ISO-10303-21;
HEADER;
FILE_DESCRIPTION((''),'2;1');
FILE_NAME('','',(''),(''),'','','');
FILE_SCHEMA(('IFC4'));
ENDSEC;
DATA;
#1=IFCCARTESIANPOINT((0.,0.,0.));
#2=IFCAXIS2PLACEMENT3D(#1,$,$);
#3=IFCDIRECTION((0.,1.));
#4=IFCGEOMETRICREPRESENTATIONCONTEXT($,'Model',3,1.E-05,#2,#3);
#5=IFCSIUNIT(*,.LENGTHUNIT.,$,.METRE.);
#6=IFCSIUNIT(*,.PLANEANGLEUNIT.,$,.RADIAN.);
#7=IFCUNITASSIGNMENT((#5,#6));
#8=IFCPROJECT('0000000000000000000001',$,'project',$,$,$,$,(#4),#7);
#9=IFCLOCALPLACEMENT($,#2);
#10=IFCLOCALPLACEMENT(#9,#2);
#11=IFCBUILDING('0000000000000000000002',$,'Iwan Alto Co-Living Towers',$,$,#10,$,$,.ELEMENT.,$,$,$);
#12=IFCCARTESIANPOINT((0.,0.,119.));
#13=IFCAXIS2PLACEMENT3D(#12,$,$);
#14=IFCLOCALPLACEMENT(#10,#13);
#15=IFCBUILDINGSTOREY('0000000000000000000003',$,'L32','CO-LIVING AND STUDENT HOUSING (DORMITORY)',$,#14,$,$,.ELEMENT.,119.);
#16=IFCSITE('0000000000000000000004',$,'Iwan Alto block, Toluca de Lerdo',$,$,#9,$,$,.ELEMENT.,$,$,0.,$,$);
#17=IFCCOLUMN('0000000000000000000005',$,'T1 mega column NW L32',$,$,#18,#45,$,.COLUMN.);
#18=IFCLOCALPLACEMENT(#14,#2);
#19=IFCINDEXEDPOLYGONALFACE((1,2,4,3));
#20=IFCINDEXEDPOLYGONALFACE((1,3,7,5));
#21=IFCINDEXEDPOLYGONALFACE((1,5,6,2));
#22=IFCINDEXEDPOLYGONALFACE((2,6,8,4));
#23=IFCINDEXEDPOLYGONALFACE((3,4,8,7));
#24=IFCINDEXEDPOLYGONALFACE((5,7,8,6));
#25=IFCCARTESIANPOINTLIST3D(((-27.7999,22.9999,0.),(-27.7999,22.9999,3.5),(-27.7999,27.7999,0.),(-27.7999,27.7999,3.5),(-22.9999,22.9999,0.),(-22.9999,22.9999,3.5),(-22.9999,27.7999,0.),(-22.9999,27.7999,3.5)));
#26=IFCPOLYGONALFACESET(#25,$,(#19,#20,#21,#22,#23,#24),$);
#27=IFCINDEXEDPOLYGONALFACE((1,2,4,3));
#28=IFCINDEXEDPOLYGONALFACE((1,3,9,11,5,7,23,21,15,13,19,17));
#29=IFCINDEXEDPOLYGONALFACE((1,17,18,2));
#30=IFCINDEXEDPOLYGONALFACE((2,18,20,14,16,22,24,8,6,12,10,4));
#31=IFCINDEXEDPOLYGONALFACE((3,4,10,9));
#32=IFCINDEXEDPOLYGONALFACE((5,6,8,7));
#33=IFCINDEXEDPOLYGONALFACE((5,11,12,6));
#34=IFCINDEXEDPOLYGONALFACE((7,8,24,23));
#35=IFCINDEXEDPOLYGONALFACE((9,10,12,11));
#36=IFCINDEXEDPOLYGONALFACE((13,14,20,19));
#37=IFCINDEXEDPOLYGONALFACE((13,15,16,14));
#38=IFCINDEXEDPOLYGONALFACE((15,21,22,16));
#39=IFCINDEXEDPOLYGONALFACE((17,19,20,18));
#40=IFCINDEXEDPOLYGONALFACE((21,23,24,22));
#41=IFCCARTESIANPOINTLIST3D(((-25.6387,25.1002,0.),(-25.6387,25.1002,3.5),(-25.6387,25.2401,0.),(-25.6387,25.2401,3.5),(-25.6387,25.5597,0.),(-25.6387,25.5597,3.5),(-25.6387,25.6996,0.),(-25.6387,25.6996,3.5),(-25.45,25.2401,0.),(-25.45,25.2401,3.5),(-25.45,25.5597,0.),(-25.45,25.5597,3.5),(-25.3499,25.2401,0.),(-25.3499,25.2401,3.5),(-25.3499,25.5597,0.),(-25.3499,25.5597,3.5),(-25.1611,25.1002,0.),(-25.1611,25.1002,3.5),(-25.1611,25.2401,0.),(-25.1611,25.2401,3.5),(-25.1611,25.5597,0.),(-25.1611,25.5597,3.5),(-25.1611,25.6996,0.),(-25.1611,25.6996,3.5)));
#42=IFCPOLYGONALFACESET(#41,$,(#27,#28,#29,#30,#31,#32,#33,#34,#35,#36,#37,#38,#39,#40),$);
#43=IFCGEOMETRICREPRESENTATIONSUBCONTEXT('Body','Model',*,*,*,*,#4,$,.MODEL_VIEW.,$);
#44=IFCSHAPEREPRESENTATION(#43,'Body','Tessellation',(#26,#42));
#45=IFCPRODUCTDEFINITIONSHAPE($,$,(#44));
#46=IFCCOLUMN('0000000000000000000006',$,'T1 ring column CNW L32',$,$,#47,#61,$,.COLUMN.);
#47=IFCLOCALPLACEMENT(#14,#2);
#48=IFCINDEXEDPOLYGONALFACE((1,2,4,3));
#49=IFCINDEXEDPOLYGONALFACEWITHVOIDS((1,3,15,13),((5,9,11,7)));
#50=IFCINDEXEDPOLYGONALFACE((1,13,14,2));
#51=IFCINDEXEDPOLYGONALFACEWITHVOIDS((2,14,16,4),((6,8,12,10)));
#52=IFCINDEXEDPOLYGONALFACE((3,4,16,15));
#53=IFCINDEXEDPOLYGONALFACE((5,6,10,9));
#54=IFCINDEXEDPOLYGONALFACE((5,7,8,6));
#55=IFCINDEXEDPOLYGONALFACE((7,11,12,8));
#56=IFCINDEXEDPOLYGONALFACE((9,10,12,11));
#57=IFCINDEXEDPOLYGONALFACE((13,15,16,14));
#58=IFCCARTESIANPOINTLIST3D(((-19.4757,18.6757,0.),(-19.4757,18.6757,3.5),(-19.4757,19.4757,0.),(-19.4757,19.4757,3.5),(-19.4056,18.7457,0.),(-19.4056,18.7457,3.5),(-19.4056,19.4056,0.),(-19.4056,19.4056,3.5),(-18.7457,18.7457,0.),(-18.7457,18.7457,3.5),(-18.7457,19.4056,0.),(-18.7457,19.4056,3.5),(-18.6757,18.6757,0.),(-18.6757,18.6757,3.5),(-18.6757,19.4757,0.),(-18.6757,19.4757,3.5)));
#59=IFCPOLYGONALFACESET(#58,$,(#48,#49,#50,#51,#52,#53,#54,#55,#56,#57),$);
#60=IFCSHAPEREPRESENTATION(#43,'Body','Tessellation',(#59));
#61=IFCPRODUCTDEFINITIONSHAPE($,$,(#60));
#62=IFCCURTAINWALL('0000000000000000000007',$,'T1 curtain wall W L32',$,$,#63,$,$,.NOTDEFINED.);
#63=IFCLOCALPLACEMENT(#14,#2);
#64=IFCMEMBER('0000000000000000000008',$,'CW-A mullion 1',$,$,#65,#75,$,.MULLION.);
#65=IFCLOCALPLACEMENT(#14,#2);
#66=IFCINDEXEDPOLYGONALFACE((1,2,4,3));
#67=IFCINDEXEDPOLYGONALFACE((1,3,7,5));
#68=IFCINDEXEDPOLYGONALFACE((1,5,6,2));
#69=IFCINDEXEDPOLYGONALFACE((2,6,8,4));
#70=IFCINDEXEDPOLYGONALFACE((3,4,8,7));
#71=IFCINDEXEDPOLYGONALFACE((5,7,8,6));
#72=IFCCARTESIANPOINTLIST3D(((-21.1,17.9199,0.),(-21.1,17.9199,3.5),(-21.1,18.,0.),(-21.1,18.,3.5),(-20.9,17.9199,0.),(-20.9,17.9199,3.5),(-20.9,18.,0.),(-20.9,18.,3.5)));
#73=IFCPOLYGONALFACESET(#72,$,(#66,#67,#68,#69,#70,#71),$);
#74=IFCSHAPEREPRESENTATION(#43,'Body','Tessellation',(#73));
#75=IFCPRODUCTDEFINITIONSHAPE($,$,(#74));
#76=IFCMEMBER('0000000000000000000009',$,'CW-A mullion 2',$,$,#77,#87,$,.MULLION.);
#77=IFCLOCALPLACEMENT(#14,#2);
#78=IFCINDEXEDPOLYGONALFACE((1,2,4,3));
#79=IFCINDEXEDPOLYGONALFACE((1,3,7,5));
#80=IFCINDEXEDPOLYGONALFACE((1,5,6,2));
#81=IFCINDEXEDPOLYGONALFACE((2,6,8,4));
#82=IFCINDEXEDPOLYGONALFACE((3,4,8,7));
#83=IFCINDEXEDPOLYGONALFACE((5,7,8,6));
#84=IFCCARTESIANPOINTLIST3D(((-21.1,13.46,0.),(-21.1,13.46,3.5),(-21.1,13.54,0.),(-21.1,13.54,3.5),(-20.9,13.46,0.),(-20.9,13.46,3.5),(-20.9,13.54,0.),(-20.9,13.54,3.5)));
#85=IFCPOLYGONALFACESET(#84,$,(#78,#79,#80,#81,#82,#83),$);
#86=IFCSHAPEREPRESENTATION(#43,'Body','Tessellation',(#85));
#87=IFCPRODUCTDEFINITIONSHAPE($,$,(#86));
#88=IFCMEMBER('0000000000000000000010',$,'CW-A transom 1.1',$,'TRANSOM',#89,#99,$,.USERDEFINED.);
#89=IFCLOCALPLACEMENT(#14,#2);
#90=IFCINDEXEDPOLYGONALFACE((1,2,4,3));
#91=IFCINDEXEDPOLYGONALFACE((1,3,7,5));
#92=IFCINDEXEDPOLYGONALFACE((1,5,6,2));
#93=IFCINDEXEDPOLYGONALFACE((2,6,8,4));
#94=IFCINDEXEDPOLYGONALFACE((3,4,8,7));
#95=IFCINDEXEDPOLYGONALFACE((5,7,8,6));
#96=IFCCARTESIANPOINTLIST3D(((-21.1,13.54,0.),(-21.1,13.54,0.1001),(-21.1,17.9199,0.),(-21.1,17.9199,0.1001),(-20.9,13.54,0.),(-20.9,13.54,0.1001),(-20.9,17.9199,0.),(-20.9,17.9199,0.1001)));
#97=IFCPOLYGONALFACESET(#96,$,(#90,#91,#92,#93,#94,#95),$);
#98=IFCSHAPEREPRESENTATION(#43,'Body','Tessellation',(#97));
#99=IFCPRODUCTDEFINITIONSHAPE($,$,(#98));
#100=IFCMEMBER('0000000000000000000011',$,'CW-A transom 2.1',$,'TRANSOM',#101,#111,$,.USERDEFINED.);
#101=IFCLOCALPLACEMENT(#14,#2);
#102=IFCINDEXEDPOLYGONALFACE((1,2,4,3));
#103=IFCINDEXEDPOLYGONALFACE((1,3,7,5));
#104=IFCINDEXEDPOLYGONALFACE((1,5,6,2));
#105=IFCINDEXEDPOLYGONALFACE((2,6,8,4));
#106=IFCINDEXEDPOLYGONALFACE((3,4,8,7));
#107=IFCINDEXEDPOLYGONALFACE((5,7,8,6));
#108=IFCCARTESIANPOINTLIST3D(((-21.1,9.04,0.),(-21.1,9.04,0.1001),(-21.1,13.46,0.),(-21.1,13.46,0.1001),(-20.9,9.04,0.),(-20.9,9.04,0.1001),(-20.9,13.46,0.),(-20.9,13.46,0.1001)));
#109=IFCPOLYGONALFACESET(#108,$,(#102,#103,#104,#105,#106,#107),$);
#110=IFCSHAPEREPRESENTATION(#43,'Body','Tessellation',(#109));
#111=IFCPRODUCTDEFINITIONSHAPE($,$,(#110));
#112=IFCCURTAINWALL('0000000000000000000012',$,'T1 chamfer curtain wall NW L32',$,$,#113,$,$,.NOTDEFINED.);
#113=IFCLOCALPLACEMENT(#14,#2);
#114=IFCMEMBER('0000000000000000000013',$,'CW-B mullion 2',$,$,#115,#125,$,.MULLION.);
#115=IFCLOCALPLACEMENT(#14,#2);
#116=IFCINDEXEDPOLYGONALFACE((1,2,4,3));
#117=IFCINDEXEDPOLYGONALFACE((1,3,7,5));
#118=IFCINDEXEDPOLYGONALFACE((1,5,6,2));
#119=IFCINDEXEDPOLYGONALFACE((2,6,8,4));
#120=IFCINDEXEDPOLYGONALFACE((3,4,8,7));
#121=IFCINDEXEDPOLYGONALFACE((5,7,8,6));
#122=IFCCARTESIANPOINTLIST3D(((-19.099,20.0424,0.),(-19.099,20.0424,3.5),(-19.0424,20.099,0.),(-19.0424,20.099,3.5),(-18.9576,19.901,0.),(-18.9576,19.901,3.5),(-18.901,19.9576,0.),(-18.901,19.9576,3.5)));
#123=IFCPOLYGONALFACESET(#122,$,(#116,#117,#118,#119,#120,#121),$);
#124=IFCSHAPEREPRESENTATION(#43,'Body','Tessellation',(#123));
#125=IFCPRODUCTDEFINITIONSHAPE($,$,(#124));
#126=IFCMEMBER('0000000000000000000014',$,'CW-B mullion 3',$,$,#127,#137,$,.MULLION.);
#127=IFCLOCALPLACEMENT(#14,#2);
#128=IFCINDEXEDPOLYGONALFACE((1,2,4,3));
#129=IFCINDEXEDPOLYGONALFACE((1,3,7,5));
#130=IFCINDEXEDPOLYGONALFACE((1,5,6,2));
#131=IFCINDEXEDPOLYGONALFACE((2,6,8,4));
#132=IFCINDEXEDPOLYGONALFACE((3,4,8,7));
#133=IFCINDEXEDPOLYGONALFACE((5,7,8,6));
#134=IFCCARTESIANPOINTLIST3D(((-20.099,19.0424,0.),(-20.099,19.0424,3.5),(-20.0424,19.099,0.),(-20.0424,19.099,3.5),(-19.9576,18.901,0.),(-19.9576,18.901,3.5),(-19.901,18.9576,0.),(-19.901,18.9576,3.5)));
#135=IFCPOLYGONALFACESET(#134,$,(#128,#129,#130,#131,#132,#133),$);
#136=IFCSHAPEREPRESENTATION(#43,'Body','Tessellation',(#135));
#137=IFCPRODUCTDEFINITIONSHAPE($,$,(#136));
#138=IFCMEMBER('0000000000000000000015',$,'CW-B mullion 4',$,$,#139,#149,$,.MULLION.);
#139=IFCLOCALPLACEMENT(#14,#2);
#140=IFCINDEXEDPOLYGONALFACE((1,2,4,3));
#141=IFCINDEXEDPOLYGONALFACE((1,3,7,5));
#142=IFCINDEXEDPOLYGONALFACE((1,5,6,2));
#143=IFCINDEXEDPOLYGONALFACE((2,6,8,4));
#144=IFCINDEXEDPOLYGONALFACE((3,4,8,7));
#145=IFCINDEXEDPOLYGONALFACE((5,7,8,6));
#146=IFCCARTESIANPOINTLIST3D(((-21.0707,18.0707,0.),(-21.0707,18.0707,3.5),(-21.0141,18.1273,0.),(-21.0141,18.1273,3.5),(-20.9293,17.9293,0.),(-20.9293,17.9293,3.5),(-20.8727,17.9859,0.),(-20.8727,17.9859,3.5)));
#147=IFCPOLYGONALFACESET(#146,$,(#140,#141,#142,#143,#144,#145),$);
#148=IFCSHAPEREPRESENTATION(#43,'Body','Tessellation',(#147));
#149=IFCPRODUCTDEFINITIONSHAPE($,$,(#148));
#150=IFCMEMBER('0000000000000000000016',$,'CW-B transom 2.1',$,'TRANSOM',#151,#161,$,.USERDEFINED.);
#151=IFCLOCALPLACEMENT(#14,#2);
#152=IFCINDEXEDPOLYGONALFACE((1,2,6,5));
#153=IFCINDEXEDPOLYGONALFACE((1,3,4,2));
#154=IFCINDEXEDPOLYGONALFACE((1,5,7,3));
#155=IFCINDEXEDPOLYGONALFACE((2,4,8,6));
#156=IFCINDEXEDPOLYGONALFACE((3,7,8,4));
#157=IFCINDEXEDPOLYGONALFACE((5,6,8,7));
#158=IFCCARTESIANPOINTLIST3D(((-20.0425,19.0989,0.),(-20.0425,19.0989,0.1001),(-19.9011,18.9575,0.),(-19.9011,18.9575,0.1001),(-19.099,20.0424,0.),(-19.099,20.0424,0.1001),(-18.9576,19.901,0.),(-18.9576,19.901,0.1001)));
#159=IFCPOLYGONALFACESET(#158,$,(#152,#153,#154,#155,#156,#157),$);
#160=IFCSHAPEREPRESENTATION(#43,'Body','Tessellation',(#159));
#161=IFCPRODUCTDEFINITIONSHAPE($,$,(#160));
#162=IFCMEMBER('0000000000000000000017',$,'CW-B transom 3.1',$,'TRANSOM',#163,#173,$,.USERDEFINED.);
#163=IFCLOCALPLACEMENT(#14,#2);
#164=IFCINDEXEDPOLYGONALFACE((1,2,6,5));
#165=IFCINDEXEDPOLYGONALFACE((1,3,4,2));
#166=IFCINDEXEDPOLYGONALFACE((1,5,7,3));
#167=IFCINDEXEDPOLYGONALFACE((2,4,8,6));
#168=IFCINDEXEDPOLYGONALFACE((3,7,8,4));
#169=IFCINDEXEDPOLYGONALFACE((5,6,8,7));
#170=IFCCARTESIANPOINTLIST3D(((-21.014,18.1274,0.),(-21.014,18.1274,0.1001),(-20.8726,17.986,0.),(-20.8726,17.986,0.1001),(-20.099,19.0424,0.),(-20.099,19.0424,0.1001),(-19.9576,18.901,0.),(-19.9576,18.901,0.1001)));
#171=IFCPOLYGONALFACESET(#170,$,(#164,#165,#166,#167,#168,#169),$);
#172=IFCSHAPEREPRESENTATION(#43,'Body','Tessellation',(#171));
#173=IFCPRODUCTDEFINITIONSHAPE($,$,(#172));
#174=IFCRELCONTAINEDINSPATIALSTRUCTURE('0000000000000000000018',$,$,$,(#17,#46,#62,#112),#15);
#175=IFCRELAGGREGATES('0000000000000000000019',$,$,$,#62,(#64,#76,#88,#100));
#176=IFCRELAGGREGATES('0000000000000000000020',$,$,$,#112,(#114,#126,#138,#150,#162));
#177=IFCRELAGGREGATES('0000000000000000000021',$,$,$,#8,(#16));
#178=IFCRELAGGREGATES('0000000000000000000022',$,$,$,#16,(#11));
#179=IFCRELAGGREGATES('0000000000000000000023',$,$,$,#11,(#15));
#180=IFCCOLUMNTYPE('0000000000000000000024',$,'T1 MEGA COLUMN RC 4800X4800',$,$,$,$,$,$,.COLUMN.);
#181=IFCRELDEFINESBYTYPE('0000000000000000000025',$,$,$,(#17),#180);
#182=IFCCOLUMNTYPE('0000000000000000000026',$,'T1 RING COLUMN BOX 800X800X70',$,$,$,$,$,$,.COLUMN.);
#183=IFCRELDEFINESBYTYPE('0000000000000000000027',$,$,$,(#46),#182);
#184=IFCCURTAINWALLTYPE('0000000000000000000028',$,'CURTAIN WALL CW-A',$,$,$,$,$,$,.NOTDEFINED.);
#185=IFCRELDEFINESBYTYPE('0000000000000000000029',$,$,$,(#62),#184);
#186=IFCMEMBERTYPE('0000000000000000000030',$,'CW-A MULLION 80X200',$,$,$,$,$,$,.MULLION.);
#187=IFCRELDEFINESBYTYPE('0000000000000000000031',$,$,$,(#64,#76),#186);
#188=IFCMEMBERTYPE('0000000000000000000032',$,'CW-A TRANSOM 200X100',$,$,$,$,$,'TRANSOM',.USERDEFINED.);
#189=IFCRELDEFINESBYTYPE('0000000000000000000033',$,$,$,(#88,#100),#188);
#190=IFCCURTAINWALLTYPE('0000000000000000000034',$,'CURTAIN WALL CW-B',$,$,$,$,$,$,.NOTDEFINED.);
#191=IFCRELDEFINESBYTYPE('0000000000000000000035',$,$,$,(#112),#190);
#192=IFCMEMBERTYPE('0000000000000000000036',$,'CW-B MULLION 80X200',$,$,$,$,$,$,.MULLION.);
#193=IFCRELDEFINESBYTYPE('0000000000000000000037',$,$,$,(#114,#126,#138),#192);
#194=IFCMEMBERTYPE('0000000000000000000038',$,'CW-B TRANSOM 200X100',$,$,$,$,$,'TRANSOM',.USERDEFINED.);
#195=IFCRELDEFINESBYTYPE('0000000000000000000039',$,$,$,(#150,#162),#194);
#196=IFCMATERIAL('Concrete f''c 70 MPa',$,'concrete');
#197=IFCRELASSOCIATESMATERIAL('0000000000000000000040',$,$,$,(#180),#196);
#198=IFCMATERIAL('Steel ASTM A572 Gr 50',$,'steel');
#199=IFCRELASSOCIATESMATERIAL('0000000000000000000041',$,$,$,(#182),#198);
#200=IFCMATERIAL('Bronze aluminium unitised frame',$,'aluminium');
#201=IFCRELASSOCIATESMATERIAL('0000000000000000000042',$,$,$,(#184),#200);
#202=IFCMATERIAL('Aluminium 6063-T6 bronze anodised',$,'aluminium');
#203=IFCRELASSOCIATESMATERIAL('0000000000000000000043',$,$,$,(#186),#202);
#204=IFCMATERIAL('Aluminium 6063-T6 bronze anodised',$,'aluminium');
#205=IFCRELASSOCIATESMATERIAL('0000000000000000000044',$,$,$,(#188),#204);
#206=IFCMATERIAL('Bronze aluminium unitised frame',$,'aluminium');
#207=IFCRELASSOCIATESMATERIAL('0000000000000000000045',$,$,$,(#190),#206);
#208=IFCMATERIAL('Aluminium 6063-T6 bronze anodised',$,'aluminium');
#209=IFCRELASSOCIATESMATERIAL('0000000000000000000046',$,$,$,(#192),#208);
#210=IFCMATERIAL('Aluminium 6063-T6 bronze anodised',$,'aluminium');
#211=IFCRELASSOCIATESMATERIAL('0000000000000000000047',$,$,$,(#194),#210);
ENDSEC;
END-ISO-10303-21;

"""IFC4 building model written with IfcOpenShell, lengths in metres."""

from ifc_helpers import new_model, si_unit, direction, frame, origin, origin_2d, place, context, subcontext, project, spatial, rectangle, hollow_rectangle, i_section, extrude, material, material_profile, profile_set, type_object, element, aggregate, save


model = new_model("IFC4")

# Units and contexts
model_context = context("Model", 3, precision=1e-05, world=origin(), true_north=direction((0.0, 1.0)))
body_context = subcontext(model_context, "Body", "Model", "MODEL_VIEW")
ifc_project = project(units=[si_unit("LENGTHUNIT", "METRE"), si_unit("PLANEANGLEUNIT", "RADIAN")], contexts=[model_context])

# Site, building, storey
site_placement = place(None, origin())
site = spatial("IfcSite", under=ifc_project, at=site_placement, Name="Iwan Alto block, Toluca de Lerdo", CompositionType="ELEMENT", RefElevation=0.0)
building_placement = place(site_placement, origin())
building = spatial("IfcBuilding", under=site, at=building_placement, Name="Iwan Alto Co-Living Towers", CompositionType="ELEMENT")
storey_placement = place(building_placement, frame((0.0, 0.0, 119.0)))
storey = spatial("IfcBuildingStorey", under=building, at=storey_placement, Name="L32", Description="CO-LIVING AND STUDENT HOUSING (DORMITORY)", CompositionType="ELEMENT", Elevation=119.0)

# Columns
ifc_material_1 = material(Name="Concrete f'c 70 MPa", Category="concrete")
ifc_material_profile_1 = material_profile(ifc_material_1, rectangle(XDim=4.8, YDim=4.8, at=origin_2d()), Name="RC 4800X4800")
ifc_profile_set_1 = profile_set([ifc_material_profile_1], Name="Concrete f'c 70 MPa")
column_type_1 = type_object("IfcColumnType", Name="T1 MEGA COLUMN RC 4800X4800", PredefinedType="COLUMN", material=ifc_profile_set_1)
column_1_placement = place(storey_placement, frame((-25.3999, 25.3999, 0.0), z_axis=(0.0, 0.0, 1.0), x_axis=(1.0, 0.0, 0.0)))
element("IfcColumn", 1, at=column_1_placement, inside=storey, type_object=column_type_1, Name="T1 mega column NW L32", PredefinedType="COLUMN", context=body_context, shape_type="SweptSolid", body=[
    extrude(rectangle(XDim=4.8, YDim=4.8, at=origin_2d()), origin(), (0.0, 0.0, 1.0), 3.5),
    extrude(i_section(OverallWidth=0.4775, OverallDepth=0.5994, WebThickness=0.1001, FlangeThickness=0.1399, at=origin_2d()), origin(), (0.0, 0.0, 1.0), 3.5),
])
ifc_material_2 = material(Name="Steel ASTM A572 Gr 50", Category="steel")
ifc_material_profile_2 = material_profile(ifc_material_2, hollow_rectangle(XDim=0.8, YDim=0.8, WallThickness=0.0701, at=origin_2d()), Name="BOX 800X800X70")
ifc_profile_set_2 = profile_set([ifc_material_profile_2], Name="Steel ASTM A572 Gr 50")
column_type_2 = type_object("IfcColumnType", Name="T1 RING COLUMN BOX 800X800X70", PredefinedType="COLUMN", material=ifc_profile_set_2)
column_2_placement = place(storey_placement, frame((-19.0757, 19.0757, 0.0), z_axis=(0.0, 0.0, 1.0), x_axis=(1.0, 0.0, 0.0)))
element("IfcColumn", 2, at=column_2_placement, inside=storey, type_object=column_type_2, Name="T1 ring column CNW L32", PredefinedType="COLUMN", context=body_context, shape_type="SweptSolid", body=[
    extrude(hollow_rectangle(XDim=0.8, YDim=0.8, WallThickness=0.0701, at=origin_2d()), origin(), (0.0, 0.0, 1.0), 3.5),
])

# Curtain walls, members
ifc_material_3 = material(Name="Bronze aluminium unitised frame", Category="aluminium")
curtain_wall_type_1 = type_object("IfcCurtainWallType", Name="CURTAIN WALL CW-A", PredefinedType="NOTDEFINED", material=ifc_material_3)
curtain_wall_1_placement = place(storey_placement, origin())
curtain_wall_1 = element("IfcCurtainWall", 3, at=curtain_wall_1_placement, inside=storey, type_object=curtain_wall_type_1, Name="T1 curtain wall W L32", PredefinedType="NOTDEFINED")
ifc_material_4 = material(Name="Aluminium 6063-T6 bronze anodised", Category="aluminium")
ifc_material_profile_3 = material_profile(ifc_material_4, rectangle(XDim=0.2, YDim=0.0801, at=origin_2d()), Name="AL 80X200")
ifc_profile_set_3 = profile_set([ifc_material_profile_3], Name="Aluminium 6063-T6 bronze anodised")
member_type_1 = type_object("IfcMemberType", Name="CW-A MULLION 80X200", PredefinedType="MULLION", material=ifc_profile_set_3)
member_1_placement = place(storey_placement, frame((-21.0, 17.96, 0.0), z_axis=(0.0, 0.0, 1.0), x_axis=(1.0, 0.0, 0.0)))
member_1 = element("IfcMember", 4, at=member_1_placement, type_object=member_type_1, Name="CW-A mullion 1", PredefinedType="MULLION", context=body_context, shape_type="SweptSolid", body=[
    extrude(rectangle(XDim=0.2, YDim=0.0801, at=origin_2d()), origin(), (0.0, 0.0, 1.0), 3.5),
])
member_2_placement = place(storey_placement, frame((-21.0, 13.5, 0.0), z_axis=(0.0, 0.0, 1.0), x_axis=(1.0, 0.0, 0.0)))
member_2 = element("IfcMember", 5, at=member_2_placement, type_object=member_type_1, Name="CW-A mullion 2", PredefinedType="MULLION", context=body_context, shape_type="SweptSolid", body=[
    extrude(rectangle(XDim=0.2, YDim=0.0801, at=origin_2d()), origin(), (0.0, 0.0, 1.0), 3.5),
])
ifc_material_5 = material(Name="Aluminium 6063-T6 bronze anodised", Category="aluminium")
ifc_material_profile_4 = material_profile(ifc_material_5, rectangle(XDim=0.2, YDim=0.1001, at=origin_2d()), Name="AL 200X100")
ifc_profile_set_4 = profile_set([ifc_material_profile_4], Name="Aluminium 6063-T6 bronze anodised")
member_type_2 = type_object("IfcMemberType", Name="CW-A TRANSOM 200X100", ElementType="TRANSOM", PredefinedType="USERDEFINED", material=ifc_profile_set_4)
member_3_placement = place(storey_placement, frame((-21.0, 17.9199, 0.05), z_axis=(0.0, -1.0, 0.0), x_axis=(1.0, 0.0, 0.0)))
member_3 = element("IfcMember", 6, at=member_3_placement, type_object=member_type_2, Name="CW-A transom 1.1", ObjectType="TRANSOM", PredefinedType="USERDEFINED", context=body_context, shape_type="SweptSolid", body=[
    extrude(rectangle(XDim=0.2, YDim=0.1001, at=origin_2d()), origin(), (0.0, 0.0, 1.0), 4.3799),
])
member_4_placement = place(storey_placement, frame((-21.0, 13.46, 0.05), z_axis=(0.0, -1.0, 0.0), x_axis=(1.0, 0.0, 0.0)))
member_4 = element("IfcMember", 7, at=member_4_placement, type_object=member_type_2, Name="CW-A transom 2.1", ObjectType="TRANSOM", PredefinedType="USERDEFINED", context=body_context, shape_type="SweptSolid", body=[
    extrude(rectangle(XDim=0.2, YDim=0.1001, at=origin_2d()), origin(), (0.0, 0.0, 1.0), 4.4199),
])
ifc_material_6 = material(Name="Bronze aluminium unitised frame", Category="aluminium")
curtain_wall_type_2 = type_object("IfcCurtainWallType", Name="CURTAIN WALL CW-B", PredefinedType="NOTDEFINED", material=ifc_material_6)
curtain_wall_2_placement = place(storey_placement, origin())
curtain_wall_2 = element("IfcCurtainWall", 8, at=curtain_wall_2_placement, inside=storey, type_object=curtain_wall_type_2, Name="T1 chamfer curtain wall NW L32", PredefinedType="NOTDEFINED")
ifc_material_7 = material(Name="Aluminium 6063-T6 bronze anodised", Category="aluminium")
ifc_material_profile_5 = material_profile(ifc_material_7, rectangle(XDim=0.2, YDim=0.0801, at=origin_2d()), Name="AL 80X200")
ifc_profile_set_5 = profile_set([ifc_material_profile_5], Name="Aluminium 6063-T6 bronze anodised")
member_type_3 = type_object("IfcMemberType", Name="CW-B MULLION 80X200", PredefinedType="MULLION", material=ifc_profile_set_5)
member_5_placement = place(storey_placement, frame((-19.0, 20.0, 0.0), z_axis=(0.0, 0.0, 1.0), x_axis=(0.707107, -0.707107, 0.0)))
member_5 = element("IfcMember", 9, at=member_5_placement, type_object=member_type_3, Name="CW-B mullion 2", PredefinedType="MULLION", context=body_context, shape_type="SweptSolid", body=[
    extrude(rectangle(XDim=0.2, YDim=0.0801, at=origin_2d()), origin(), (0.0, 0.0, 1.0), 3.5),
])
member_6_placement = place(storey_placement, frame((-20.0, 19.0, 0.0), z_axis=(0.0, 0.0, 1.0), x_axis=(0.707107, -0.707107, 0.0)))
member_6 = element("IfcMember", 10, at=member_6_placement, type_object=member_type_3, Name="CW-B mullion 3", PredefinedType="MULLION", context=body_context, shape_type="SweptSolid", body=[
    extrude(rectangle(XDim=0.2, YDim=0.0801, at=origin_2d()), origin(), (0.0, 0.0, 1.0), 3.5),
])
member_7_placement = place(storey_placement, frame((-20.9717, 18.0283, 0.0), z_axis=(0.0, 0.0, 1.0), x_axis=(0.707107, -0.707107, 0.0)))
member_7 = element("IfcMember", 11, at=member_7_placement, type_object=member_type_3, Name="CW-B mullion 4", PredefinedType="MULLION", context=body_context, shape_type="SweptSolid", body=[
    extrude(rectangle(XDim=0.2, YDim=0.0801, at=origin_2d()), origin(), (0.0, 0.0, 1.0), 3.5),
])
ifc_material_8 = material(Name="Aluminium 6063-T6 bronze anodised", Category="aluminium")
ifc_material_profile_6 = material_profile(ifc_material_8, rectangle(XDim=0.2, YDim=0.1001, at=origin_2d()), Name="AL 200X100")
ifc_profile_set_6 = profile_set([ifc_material_profile_6], Name="Aluminium 6063-T6 bronze anodised")
member_type_4 = type_object("IfcMemberType", Name="CW-B TRANSOM 200X100", ElementType="TRANSOM", PredefinedType="USERDEFINED", material=ifc_profile_set_6)
member_8_placement = place(storey_placement, frame((-19.0283, 19.9717, 0.05), z_axis=(-0.707107, -0.707107, 0.0), x_axis=(0.707107, -0.707107, 0.0)))
member_8 = element("IfcMember", 12, at=member_8_placement, type_object=member_type_4, Name="CW-B transom 2.1", ObjectType="TRANSOM", PredefinedType="USERDEFINED", context=body_context, shape_type="SweptSolid", body=[
    extrude(rectangle(XDim=0.2, YDim=0.1001, at=origin_2d()), origin(), (0.0, 0.0, 1.0), 1.3342),
])
member_9_placement = place(storey_placement, frame((-20.0283, 18.9717, 0.05), z_axis=(-0.707107, -0.707107, 0.0), x_axis=(0.707107, -0.707107, 0.0)))
member_9 = element("IfcMember", 13, at=member_9_placement, type_object=member_type_4, Name="CW-B transom 3.1", ObjectType="TRANSOM", PredefinedType="USERDEFINED", context=body_context, shape_type="SweptSolid", body=[
    extrude(rectangle(XDim=0.2, YDim=0.1001, at=origin_2d()), origin(), (0.0, 0.0, 1.0), 1.2939),
])

aggregate(curtain_wall_1, [member_1, member_2, member_3, member_4])
aggregate(curtain_wall_2, [member_5, member_6, member_7, member_8, member_9])

save(model, "model.ifc")
